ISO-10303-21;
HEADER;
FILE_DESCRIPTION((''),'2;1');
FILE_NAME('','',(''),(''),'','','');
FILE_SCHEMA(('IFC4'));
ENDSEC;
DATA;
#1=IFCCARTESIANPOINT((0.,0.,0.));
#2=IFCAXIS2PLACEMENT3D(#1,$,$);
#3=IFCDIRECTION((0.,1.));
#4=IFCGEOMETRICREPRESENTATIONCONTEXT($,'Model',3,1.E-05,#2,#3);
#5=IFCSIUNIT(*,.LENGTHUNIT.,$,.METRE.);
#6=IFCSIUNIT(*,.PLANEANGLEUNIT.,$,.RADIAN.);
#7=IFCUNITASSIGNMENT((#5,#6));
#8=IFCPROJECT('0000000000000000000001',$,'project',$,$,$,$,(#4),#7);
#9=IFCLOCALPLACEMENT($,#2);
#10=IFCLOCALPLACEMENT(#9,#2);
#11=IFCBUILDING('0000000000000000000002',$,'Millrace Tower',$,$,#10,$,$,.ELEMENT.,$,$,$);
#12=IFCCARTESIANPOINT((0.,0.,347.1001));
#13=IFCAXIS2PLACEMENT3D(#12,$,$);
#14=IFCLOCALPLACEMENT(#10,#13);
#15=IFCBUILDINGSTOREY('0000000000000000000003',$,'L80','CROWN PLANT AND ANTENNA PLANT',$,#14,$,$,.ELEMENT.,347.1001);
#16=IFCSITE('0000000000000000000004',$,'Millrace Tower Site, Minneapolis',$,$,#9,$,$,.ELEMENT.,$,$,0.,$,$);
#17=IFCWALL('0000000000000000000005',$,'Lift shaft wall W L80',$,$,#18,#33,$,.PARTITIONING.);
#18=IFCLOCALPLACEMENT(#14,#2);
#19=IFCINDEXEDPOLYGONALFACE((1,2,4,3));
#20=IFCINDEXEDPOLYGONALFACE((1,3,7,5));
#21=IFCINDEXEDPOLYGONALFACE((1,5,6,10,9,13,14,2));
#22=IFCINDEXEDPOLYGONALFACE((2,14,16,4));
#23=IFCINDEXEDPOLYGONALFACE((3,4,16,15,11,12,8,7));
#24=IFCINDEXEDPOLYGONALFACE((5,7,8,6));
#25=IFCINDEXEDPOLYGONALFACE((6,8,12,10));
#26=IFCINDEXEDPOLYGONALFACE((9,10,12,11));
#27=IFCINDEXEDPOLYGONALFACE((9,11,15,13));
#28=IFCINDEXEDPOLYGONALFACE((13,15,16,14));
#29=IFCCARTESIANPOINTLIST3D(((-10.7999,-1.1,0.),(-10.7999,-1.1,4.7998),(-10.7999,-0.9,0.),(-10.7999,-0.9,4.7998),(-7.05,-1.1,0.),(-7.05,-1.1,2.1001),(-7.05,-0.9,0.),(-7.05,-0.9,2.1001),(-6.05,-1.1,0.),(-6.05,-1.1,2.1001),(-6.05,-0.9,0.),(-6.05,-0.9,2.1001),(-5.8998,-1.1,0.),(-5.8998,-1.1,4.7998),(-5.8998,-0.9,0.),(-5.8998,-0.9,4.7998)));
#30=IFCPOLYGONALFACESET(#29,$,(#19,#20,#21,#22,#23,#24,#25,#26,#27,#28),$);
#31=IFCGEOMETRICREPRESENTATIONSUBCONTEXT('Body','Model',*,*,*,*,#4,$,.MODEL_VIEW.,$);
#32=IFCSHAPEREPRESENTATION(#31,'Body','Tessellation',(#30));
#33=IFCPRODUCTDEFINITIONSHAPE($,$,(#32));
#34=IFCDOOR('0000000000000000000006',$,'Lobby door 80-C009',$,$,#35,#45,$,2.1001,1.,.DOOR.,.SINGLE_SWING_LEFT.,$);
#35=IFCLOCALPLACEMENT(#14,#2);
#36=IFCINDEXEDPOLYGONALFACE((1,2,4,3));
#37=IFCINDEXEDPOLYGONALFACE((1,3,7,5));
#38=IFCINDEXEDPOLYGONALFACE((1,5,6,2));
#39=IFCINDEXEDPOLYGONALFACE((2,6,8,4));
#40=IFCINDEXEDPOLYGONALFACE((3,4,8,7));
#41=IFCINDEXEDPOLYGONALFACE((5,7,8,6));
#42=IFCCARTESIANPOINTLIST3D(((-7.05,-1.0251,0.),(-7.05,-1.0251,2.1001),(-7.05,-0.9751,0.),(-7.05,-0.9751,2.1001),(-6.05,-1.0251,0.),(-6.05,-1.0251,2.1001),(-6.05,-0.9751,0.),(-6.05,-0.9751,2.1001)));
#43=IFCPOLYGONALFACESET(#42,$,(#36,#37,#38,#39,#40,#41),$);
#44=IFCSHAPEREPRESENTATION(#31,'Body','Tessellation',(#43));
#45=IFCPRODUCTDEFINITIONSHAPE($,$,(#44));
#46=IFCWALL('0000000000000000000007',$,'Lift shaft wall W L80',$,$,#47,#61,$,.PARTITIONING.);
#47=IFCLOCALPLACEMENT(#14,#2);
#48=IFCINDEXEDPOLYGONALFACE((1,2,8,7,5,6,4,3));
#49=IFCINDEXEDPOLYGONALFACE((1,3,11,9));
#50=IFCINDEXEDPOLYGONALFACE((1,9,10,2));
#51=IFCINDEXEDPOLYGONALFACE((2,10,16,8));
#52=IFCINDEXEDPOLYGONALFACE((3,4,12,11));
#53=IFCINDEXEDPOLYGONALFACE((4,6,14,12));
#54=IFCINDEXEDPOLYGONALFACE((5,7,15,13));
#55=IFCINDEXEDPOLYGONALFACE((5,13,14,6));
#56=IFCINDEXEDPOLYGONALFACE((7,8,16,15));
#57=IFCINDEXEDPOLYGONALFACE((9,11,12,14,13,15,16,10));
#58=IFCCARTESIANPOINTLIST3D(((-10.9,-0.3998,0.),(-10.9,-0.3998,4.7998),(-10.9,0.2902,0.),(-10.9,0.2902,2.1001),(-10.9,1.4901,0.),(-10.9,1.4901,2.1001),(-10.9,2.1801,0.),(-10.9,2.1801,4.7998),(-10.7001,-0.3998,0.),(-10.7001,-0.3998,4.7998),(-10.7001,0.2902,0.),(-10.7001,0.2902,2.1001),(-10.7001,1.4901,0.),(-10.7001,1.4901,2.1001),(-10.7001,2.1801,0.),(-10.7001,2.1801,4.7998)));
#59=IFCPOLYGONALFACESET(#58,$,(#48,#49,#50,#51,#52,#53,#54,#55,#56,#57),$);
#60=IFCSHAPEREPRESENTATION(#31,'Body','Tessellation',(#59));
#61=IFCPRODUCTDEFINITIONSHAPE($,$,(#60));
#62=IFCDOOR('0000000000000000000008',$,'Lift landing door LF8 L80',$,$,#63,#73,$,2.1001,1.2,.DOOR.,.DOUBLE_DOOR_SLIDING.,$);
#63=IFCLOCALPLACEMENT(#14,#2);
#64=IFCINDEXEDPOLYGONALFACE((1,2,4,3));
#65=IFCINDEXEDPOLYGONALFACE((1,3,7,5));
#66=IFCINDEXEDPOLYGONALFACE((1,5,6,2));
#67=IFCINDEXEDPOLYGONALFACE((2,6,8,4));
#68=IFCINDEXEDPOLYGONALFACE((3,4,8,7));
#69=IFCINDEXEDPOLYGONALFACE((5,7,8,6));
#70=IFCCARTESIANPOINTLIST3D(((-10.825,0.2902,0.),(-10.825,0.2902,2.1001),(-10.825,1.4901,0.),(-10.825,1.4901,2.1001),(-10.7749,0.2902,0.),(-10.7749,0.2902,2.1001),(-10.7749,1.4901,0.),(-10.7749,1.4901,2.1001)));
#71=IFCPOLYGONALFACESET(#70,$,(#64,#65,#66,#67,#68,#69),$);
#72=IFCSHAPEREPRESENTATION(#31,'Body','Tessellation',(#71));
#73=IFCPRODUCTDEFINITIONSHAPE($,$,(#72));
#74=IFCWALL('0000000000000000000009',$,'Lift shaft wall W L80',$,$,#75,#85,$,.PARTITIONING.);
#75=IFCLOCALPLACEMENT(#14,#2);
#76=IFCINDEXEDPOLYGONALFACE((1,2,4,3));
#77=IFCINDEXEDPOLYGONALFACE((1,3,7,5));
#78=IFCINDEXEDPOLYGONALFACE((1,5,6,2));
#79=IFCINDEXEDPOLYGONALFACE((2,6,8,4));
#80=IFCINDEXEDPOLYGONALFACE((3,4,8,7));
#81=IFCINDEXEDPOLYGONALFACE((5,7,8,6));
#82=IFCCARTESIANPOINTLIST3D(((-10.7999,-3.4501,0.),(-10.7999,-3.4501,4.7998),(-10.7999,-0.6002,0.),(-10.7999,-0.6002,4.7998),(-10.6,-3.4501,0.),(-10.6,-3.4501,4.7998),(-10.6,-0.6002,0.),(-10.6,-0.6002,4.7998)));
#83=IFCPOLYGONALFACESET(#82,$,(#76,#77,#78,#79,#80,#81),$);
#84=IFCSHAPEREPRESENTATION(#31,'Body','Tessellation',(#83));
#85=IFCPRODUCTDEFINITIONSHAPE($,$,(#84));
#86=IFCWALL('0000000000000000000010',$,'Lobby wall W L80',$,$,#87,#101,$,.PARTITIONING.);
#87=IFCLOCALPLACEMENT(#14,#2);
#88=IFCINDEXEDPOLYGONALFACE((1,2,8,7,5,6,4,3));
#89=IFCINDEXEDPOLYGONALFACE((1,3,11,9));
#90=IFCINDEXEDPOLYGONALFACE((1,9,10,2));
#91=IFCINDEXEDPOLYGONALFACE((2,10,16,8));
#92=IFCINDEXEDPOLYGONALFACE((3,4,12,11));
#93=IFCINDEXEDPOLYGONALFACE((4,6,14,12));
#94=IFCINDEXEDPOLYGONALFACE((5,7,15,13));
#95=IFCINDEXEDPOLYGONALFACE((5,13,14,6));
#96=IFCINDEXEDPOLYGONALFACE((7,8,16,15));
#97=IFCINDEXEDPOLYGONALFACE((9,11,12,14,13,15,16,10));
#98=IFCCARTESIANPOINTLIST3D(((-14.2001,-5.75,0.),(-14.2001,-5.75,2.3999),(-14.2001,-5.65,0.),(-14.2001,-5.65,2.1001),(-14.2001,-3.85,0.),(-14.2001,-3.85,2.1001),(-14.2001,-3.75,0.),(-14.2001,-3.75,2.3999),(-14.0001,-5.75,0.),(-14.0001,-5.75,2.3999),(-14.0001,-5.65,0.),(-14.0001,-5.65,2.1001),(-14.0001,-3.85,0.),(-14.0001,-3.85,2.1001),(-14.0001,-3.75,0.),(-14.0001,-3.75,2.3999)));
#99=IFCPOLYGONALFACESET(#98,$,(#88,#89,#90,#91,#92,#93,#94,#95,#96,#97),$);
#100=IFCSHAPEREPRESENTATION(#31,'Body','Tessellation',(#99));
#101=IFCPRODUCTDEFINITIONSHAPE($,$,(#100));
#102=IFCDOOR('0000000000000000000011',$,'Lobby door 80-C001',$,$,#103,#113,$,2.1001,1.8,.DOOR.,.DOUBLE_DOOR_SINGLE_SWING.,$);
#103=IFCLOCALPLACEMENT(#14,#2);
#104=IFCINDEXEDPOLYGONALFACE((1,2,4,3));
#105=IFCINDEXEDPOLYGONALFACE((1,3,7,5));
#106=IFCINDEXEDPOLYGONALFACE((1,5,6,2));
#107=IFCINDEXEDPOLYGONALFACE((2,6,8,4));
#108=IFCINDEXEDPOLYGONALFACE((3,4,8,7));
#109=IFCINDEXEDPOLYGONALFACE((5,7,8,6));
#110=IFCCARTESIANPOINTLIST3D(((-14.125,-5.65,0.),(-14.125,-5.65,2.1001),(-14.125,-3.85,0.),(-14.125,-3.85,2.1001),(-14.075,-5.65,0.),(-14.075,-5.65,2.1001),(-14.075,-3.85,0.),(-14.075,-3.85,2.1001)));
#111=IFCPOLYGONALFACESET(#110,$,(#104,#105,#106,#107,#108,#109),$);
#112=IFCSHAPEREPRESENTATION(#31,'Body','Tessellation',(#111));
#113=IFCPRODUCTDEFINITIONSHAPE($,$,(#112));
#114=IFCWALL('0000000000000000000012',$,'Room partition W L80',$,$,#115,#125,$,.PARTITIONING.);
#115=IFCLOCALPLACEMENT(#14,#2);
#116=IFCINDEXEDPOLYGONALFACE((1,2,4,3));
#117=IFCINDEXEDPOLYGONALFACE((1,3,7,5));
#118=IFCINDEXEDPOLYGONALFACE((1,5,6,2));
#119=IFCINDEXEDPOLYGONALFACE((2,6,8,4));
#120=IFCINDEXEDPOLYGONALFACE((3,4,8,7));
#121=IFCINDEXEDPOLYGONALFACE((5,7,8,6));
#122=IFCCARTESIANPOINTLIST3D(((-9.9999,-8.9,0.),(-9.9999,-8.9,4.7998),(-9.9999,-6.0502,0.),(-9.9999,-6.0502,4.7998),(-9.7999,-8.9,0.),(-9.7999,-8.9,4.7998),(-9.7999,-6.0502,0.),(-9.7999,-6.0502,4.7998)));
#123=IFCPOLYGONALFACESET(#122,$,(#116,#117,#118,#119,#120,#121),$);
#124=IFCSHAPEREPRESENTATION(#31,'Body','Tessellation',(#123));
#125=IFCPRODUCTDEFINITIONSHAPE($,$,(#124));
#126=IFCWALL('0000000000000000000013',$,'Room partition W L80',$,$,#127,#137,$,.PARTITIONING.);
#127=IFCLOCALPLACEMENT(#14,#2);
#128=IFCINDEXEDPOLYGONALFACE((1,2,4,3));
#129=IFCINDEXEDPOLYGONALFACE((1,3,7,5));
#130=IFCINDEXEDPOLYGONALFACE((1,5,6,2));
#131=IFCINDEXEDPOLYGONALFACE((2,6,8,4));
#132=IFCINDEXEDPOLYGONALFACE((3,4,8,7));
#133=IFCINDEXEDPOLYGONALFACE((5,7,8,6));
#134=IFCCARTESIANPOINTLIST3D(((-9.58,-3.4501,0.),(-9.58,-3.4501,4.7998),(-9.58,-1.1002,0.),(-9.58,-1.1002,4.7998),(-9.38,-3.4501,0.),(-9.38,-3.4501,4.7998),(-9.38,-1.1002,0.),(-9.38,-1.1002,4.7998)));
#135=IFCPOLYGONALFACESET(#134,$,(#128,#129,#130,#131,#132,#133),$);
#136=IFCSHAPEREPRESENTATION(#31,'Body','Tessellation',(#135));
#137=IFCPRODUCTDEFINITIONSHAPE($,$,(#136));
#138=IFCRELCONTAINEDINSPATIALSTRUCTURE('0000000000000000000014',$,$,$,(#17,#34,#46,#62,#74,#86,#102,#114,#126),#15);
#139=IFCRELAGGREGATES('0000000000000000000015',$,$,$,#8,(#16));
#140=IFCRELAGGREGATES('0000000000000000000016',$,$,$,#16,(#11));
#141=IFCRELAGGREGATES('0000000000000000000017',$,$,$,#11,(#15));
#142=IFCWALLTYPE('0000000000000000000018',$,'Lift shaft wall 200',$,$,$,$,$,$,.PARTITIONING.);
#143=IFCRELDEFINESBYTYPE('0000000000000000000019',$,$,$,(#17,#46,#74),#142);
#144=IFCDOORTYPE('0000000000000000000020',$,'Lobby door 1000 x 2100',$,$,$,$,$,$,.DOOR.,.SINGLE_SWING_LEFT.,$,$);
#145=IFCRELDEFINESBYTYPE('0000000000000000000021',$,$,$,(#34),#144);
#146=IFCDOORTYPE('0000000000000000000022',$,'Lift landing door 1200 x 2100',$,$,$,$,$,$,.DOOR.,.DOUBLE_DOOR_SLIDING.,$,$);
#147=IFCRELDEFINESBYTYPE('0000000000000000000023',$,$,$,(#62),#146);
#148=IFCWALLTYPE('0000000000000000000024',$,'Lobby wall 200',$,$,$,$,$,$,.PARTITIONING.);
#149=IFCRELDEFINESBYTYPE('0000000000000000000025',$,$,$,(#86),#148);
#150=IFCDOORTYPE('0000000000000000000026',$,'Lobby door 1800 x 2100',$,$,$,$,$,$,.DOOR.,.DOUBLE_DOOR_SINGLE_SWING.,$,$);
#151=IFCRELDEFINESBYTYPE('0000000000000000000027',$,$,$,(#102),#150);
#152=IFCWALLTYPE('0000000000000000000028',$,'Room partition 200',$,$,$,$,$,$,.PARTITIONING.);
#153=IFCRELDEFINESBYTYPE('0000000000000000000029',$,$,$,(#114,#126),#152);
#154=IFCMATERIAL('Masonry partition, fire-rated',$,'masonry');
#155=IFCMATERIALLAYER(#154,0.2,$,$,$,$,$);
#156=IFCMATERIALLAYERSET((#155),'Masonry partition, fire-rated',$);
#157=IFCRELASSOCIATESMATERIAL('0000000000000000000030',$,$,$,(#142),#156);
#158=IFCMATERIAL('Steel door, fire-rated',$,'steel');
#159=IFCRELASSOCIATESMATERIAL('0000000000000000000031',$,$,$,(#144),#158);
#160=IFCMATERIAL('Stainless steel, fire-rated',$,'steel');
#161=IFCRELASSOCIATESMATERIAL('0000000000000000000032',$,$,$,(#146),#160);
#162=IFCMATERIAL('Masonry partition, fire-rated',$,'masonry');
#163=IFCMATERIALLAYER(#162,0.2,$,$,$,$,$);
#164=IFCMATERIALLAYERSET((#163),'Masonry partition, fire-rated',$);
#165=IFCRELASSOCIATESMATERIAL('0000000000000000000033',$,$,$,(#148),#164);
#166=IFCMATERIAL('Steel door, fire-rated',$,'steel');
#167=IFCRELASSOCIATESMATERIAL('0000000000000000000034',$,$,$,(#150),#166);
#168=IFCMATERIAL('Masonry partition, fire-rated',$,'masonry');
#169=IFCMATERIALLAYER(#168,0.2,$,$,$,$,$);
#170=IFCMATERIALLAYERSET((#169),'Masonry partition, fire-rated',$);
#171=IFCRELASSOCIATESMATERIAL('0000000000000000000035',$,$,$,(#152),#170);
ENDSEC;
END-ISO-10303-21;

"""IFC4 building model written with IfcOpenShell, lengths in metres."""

from ifc_helpers import new_model, si_unit, direction, frame, frame_2d, origin, place, context, subcontext, project, spatial, rectangle, extrude, material, layer, layer_set, type_object, element, fill, save


model = new_model("IFC4")

# Units and contexts
model_context = context("Model", 3, precision=1e-05, world=origin(), true_north=direction((0.0, 1.0)))
body_context = subcontext(model_context, "Body", "Model", "MODEL_VIEW")
ifc_project = project(units=[si_unit("LENGTHUNIT", "METRE"), si_unit("PLANEANGLEUNIT", "RADIAN")], contexts=[model_context])

# Site, building, storey
site_placement = place(None, origin())
site = spatial("IfcSite", under=ifc_project, at=site_placement, Name="Millrace Tower Site, Minneapolis", CompositionType="ELEMENT", RefElevation=0.0)
building_placement = place(site_placement, origin())
building = spatial("IfcBuilding", under=site, at=building_placement, Name="Millrace Tower", CompositionType="ELEMENT")
storey_placement = place(building_placement, frame((0.0, 0.0, 347.1001)))
storey = spatial("IfcBuildingStorey", under=building, at=storey_placement, Name="L80", Description="CROWN PLANT AND ANTENNA PLANT", CompositionType="ELEMENT", Elevation=347.1001)

# Shared definitions
ifc_material_1 = material(Name="Masonry partition, fire-rated", Category="masonry")
ifc_layer_1 = layer(ifc_material_1, 0.2)
ifc_layer_set_1 = layer_set([ifc_layer_1], Name="Masonry partition, fire-rated")
wall_type_1 = type_object("IfcWallType", Name="Lift shaft wall 200", PredefinedType="PARTITIONING", material=ifc_layer_set_1)
ifc_material_2 = material(Name="Steel door, fire-rated", Category="steel")
door_type_1 = type_object("IfcDoorType", Name="Lobby door 1000 x 2100", OperationType="SINGLE_SWING_LEFT", PredefinedType="DOOR", material=ifc_material_2)

# Walls, openings, doors
wall_1_placement = place(storey_placement, frame((-10.8, -1.0, 0.0), z_axis=(0.0, 0.0, 1.0), x_axis=(1.0, 0.0, 0.0)))
wall_1 = element("IfcWall", 1, at=wall_1_placement, inside=storey, type_object=wall_type_1, Name="Lift shaft wall W L80", PredefinedType="PARTITIONING", context=body_context, shape_type="SweptSolid", body=[
    extrude(rectangle(XDim=4.9001, YDim=0.2, at=frame_2d((2.4502, 0.0))), origin(), (0.0, 0.0, 1.0), 4.7998),
])
opening_1_placement = place(wall_1_placement, frame((3.75, 0.0, 0.0)))
opening_1 = element("IfcOpeningElement", 2, at=opening_1_placement, cuts=wall_1, PredefinedType="OPENING", context=body_context, shape_type="SweptSolid", body=[
    extrude(rectangle(XDim=1.0, YDim=2.1001, at=frame_2d((0.5, 1.05))), frame((0.0, 0.1099, 0.0), z_axis=(0.0, -1.0, 0.0), x_axis=(1.0, 0.0, 0.0)), (0.0, 0.0, 1.0), 0.22),
])
door_1_placement = place(opening_1_placement, origin())
door_1 = element("IfcDoor", 3, at=door_1_placement, inside=storey, type_object=door_type_1, Name="Lobby door 80-C009", OperationType="SINGLE_SWING_LEFT", OverallHeight=2.1001, OverallWidth=1.0, PredefinedType="DOOR", context=body_context, shape_type="SweptSolid", body=[
    extrude(rectangle(XDim=1.0, YDim=2.1001, at=frame_2d((0.5, 1.05))), frame((0.0, 0.0249, 0.0), z_axis=(0.0, -1.0, 0.0), x_axis=(1.0, 0.0, 0.0)), (0.0, 0.0, 1.0), 0.05),
])
fill(opening_1, door_1)
wall_2_placement = place(storey_placement, frame((-10.8, -0.3999, 0.0), z_axis=(0.0, 0.0, 1.0), x_axis=(0.0, 1.0, 0.0)))
wall_2 = element("IfcWall", 4, at=wall_2_placement, inside=storey, type_object=wall_type_1, Name="Lift shaft wall W L80", PredefinedType="PARTITIONING", context=body_context, shape_type="SweptSolid", body=[
    extrude(rectangle(XDim=2.5798, YDim=0.2, at=frame_2d((1.29, 0.0))), origin(), (0.0, 0.0, 1.0), 4.7998),
])
opening_2_placement = place(wall_2_placement, frame((0.6899, 0.0, 0.0)))
opening_2 = element("IfcOpeningElement", 5, at=opening_2_placement, cuts=wall_2, PredefinedType="OPENING", context=body_context, shape_type="SweptSolid", body=[
    extrude(rectangle(XDim=1.2, YDim=2.1001, at=frame_2d((0.6001, 1.05))), frame((0.0, 0.1099, 0.0), z_axis=(0.0, -1.0, 0.0), x_axis=(1.0, 0.0, 0.0)), (0.0, 0.0, 1.0), 0.22),
])
ifc_material_3 = material(Name="Stainless steel, fire-rated", Category="steel")
door_type_2 = type_object("IfcDoorType", Name="Lift landing door 1200 x 2100", OperationType="DOUBLE_DOOR_SLIDING", PredefinedType="DOOR", material=ifc_material_3)
door_2_placement = place(opening_2_placement, origin())
door_2 = element("IfcDoor", 6, at=door_2_placement, inside=storey, type_object=door_type_2, Name="Lift landing door LF8 L80", OperationType="DOUBLE_DOOR_SLIDING", OverallHeight=2.1001, OverallWidth=1.2, PredefinedType="DOOR", context=body_context, shape_type="SweptSolid", body=[
    extrude(rectangle(XDim=1.2, YDim=2.1001, at=frame_2d((0.6001, 1.05))), frame((0.0, 0.0249, 0.0), z_axis=(0.0, -1.0, 0.0), x_axis=(1.0, 0.0, 0.0)), (0.0, 0.0, 1.0), 0.05),
])
fill(opening_2, door_2)

# Wall
wall_3_placement = place(storey_placement, frame((-10.7, -3.45, 0.0), z_axis=(0.0, 0.0, 1.0), x_axis=(0.0, 1.0, 0.0)))
element("IfcWall", 7, at=wall_3_placement, inside=storey, type_object=wall_type_1, Name="Lift shaft wall W L80", PredefinedType="PARTITIONING", context=body_context, shape_type="SweptSolid", body=[
    extrude(rectangle(XDim=2.8499, YDim=0.2, at=frame_2d((1.4248, 0.0))), origin(), (0.0, 0.0, 1.0), 4.7998),
])

# Wall, opening, door
ifc_material_4 = material(Name="Masonry partition, fire-rated", Category="masonry")
ifc_layer_2 = layer(ifc_material_4, 0.2)
ifc_layer_set_2 = layer_set([ifc_layer_2], Name="Masonry partition, fire-rated")
wall_type_2 = type_object("IfcWallType", Name="Lobby wall 200", PredefinedType="PARTITIONING", material=ifc_layer_set_2)
wall_4_placement = place(storey_placement, frame((-14.1001, -5.75, 0.0), z_axis=(0.0, 0.0, 1.0), x_axis=(0.0, 1.0, 0.0)))
wall_4 = element("IfcWall", 8, at=wall_4_placement, inside=storey, type_object=wall_type_2, Name="Lobby wall W L80", PredefinedType="PARTITIONING", context=body_context, shape_type="SweptSolid", body=[
    extrude(rectangle(XDim=2.0, YDim=0.2, at=frame_2d((1.0, 0.0))), origin(), (0.0, 0.0, 1.0), 2.3999),
])
opening_3_placement = place(wall_4_placement, frame((0.1001, 0.0, 0.0)))
opening_3 = element("IfcOpeningElement", 9, at=opening_3_placement, cuts=wall_4, PredefinedType="OPENING", context=body_context, shape_type="SweptSolid", body=[
    extrude(rectangle(XDim=1.8, YDim=2.1001, at=frame_2d((0.8999, 1.05))), frame((0.0, 0.1099, 0.0), z_axis=(0.0, -1.0, 0.0), x_axis=(1.0, 0.0, 0.0)), (0.0, 0.0, 1.0), 0.22),
])
ifc_material_5 = material(Name="Steel door, fire-rated", Category="steel")
door_type_3 = type_object("IfcDoorType", Name="Lobby door 1800 x 2100", OperationType="DOUBLE_DOOR_SINGLE_SWING", PredefinedType="DOOR", material=ifc_material_5)
door_3_placement = place(opening_3_placement, origin())
door_3 = element("IfcDoor", 10, at=door_3_placement, inside=storey, type_object=door_type_3, Name="Lobby door 80-C001", OperationType="DOUBLE_DOOR_SINGLE_SWING", OverallHeight=2.1001, OverallWidth=1.8, PredefinedType="DOOR", context=body_context, shape_type="SweptSolid", body=[
    extrude(rectangle(XDim=1.8, YDim=2.1001, at=frame_2d((0.8999, 1.05))), frame((0.0, 0.0249, 0.0), z_axis=(0.0, -1.0, 0.0), x_axis=(1.0, 0.0, 0.0)), (0.0, 0.0, 1.0), 0.05),
])
fill(opening_3, door_3)

# Walls
ifc_material_6 = material(Name="Masonry partition, fire-rated", Category="masonry")
ifc_layer_3 = layer(ifc_material_6, 0.2)
ifc_layer_set_3 = layer_set([ifc_layer_3], Name="Masonry partition, fire-rated")
wall_type_3 = type_object("IfcWallType", Name="Room partition 200", PredefinedType="PARTITIONING", material=ifc_layer_set_3)
wall_5_placement = place(storey_placement, frame((-9.8999, -8.8999, 0.0), z_axis=(0.0, 0.0, 1.0), x_axis=(0.0, 1.0, 0.0)))
element("IfcWall", 11, at=wall_5_placement, inside=storey, type_object=wall_type_3, Name="Room partition W L80", PredefinedType="PARTITIONING", context=body_context, shape_type="SweptSolid", body=[
    extrude(rectangle(XDim=2.8499, YDim=0.2, at=frame_2d((1.4248, 0.0))), origin(), (0.0, 0.0, 1.0), 4.7998),
])
wall_6_placement = place(storey_placement, frame((-9.48, -3.45, 0.0), z_axis=(0.0, 0.0, 1.0), x_axis=(0.0, 1.0, 0.0)))
element("IfcWall", 12, at=wall_6_placement, inside=storey, type_object=wall_type_3, Name="Room partition W L80", PredefinedType="PARTITIONING", context=body_context, shape_type="SweptSolid", body=[
    extrude(rectangle(XDim=2.3499, YDim=0.2, at=frame_2d((1.1748, 0.0))), origin(), (0.0, 0.0, 1.0), 4.7998),
])

save(model, "model.ifc")
